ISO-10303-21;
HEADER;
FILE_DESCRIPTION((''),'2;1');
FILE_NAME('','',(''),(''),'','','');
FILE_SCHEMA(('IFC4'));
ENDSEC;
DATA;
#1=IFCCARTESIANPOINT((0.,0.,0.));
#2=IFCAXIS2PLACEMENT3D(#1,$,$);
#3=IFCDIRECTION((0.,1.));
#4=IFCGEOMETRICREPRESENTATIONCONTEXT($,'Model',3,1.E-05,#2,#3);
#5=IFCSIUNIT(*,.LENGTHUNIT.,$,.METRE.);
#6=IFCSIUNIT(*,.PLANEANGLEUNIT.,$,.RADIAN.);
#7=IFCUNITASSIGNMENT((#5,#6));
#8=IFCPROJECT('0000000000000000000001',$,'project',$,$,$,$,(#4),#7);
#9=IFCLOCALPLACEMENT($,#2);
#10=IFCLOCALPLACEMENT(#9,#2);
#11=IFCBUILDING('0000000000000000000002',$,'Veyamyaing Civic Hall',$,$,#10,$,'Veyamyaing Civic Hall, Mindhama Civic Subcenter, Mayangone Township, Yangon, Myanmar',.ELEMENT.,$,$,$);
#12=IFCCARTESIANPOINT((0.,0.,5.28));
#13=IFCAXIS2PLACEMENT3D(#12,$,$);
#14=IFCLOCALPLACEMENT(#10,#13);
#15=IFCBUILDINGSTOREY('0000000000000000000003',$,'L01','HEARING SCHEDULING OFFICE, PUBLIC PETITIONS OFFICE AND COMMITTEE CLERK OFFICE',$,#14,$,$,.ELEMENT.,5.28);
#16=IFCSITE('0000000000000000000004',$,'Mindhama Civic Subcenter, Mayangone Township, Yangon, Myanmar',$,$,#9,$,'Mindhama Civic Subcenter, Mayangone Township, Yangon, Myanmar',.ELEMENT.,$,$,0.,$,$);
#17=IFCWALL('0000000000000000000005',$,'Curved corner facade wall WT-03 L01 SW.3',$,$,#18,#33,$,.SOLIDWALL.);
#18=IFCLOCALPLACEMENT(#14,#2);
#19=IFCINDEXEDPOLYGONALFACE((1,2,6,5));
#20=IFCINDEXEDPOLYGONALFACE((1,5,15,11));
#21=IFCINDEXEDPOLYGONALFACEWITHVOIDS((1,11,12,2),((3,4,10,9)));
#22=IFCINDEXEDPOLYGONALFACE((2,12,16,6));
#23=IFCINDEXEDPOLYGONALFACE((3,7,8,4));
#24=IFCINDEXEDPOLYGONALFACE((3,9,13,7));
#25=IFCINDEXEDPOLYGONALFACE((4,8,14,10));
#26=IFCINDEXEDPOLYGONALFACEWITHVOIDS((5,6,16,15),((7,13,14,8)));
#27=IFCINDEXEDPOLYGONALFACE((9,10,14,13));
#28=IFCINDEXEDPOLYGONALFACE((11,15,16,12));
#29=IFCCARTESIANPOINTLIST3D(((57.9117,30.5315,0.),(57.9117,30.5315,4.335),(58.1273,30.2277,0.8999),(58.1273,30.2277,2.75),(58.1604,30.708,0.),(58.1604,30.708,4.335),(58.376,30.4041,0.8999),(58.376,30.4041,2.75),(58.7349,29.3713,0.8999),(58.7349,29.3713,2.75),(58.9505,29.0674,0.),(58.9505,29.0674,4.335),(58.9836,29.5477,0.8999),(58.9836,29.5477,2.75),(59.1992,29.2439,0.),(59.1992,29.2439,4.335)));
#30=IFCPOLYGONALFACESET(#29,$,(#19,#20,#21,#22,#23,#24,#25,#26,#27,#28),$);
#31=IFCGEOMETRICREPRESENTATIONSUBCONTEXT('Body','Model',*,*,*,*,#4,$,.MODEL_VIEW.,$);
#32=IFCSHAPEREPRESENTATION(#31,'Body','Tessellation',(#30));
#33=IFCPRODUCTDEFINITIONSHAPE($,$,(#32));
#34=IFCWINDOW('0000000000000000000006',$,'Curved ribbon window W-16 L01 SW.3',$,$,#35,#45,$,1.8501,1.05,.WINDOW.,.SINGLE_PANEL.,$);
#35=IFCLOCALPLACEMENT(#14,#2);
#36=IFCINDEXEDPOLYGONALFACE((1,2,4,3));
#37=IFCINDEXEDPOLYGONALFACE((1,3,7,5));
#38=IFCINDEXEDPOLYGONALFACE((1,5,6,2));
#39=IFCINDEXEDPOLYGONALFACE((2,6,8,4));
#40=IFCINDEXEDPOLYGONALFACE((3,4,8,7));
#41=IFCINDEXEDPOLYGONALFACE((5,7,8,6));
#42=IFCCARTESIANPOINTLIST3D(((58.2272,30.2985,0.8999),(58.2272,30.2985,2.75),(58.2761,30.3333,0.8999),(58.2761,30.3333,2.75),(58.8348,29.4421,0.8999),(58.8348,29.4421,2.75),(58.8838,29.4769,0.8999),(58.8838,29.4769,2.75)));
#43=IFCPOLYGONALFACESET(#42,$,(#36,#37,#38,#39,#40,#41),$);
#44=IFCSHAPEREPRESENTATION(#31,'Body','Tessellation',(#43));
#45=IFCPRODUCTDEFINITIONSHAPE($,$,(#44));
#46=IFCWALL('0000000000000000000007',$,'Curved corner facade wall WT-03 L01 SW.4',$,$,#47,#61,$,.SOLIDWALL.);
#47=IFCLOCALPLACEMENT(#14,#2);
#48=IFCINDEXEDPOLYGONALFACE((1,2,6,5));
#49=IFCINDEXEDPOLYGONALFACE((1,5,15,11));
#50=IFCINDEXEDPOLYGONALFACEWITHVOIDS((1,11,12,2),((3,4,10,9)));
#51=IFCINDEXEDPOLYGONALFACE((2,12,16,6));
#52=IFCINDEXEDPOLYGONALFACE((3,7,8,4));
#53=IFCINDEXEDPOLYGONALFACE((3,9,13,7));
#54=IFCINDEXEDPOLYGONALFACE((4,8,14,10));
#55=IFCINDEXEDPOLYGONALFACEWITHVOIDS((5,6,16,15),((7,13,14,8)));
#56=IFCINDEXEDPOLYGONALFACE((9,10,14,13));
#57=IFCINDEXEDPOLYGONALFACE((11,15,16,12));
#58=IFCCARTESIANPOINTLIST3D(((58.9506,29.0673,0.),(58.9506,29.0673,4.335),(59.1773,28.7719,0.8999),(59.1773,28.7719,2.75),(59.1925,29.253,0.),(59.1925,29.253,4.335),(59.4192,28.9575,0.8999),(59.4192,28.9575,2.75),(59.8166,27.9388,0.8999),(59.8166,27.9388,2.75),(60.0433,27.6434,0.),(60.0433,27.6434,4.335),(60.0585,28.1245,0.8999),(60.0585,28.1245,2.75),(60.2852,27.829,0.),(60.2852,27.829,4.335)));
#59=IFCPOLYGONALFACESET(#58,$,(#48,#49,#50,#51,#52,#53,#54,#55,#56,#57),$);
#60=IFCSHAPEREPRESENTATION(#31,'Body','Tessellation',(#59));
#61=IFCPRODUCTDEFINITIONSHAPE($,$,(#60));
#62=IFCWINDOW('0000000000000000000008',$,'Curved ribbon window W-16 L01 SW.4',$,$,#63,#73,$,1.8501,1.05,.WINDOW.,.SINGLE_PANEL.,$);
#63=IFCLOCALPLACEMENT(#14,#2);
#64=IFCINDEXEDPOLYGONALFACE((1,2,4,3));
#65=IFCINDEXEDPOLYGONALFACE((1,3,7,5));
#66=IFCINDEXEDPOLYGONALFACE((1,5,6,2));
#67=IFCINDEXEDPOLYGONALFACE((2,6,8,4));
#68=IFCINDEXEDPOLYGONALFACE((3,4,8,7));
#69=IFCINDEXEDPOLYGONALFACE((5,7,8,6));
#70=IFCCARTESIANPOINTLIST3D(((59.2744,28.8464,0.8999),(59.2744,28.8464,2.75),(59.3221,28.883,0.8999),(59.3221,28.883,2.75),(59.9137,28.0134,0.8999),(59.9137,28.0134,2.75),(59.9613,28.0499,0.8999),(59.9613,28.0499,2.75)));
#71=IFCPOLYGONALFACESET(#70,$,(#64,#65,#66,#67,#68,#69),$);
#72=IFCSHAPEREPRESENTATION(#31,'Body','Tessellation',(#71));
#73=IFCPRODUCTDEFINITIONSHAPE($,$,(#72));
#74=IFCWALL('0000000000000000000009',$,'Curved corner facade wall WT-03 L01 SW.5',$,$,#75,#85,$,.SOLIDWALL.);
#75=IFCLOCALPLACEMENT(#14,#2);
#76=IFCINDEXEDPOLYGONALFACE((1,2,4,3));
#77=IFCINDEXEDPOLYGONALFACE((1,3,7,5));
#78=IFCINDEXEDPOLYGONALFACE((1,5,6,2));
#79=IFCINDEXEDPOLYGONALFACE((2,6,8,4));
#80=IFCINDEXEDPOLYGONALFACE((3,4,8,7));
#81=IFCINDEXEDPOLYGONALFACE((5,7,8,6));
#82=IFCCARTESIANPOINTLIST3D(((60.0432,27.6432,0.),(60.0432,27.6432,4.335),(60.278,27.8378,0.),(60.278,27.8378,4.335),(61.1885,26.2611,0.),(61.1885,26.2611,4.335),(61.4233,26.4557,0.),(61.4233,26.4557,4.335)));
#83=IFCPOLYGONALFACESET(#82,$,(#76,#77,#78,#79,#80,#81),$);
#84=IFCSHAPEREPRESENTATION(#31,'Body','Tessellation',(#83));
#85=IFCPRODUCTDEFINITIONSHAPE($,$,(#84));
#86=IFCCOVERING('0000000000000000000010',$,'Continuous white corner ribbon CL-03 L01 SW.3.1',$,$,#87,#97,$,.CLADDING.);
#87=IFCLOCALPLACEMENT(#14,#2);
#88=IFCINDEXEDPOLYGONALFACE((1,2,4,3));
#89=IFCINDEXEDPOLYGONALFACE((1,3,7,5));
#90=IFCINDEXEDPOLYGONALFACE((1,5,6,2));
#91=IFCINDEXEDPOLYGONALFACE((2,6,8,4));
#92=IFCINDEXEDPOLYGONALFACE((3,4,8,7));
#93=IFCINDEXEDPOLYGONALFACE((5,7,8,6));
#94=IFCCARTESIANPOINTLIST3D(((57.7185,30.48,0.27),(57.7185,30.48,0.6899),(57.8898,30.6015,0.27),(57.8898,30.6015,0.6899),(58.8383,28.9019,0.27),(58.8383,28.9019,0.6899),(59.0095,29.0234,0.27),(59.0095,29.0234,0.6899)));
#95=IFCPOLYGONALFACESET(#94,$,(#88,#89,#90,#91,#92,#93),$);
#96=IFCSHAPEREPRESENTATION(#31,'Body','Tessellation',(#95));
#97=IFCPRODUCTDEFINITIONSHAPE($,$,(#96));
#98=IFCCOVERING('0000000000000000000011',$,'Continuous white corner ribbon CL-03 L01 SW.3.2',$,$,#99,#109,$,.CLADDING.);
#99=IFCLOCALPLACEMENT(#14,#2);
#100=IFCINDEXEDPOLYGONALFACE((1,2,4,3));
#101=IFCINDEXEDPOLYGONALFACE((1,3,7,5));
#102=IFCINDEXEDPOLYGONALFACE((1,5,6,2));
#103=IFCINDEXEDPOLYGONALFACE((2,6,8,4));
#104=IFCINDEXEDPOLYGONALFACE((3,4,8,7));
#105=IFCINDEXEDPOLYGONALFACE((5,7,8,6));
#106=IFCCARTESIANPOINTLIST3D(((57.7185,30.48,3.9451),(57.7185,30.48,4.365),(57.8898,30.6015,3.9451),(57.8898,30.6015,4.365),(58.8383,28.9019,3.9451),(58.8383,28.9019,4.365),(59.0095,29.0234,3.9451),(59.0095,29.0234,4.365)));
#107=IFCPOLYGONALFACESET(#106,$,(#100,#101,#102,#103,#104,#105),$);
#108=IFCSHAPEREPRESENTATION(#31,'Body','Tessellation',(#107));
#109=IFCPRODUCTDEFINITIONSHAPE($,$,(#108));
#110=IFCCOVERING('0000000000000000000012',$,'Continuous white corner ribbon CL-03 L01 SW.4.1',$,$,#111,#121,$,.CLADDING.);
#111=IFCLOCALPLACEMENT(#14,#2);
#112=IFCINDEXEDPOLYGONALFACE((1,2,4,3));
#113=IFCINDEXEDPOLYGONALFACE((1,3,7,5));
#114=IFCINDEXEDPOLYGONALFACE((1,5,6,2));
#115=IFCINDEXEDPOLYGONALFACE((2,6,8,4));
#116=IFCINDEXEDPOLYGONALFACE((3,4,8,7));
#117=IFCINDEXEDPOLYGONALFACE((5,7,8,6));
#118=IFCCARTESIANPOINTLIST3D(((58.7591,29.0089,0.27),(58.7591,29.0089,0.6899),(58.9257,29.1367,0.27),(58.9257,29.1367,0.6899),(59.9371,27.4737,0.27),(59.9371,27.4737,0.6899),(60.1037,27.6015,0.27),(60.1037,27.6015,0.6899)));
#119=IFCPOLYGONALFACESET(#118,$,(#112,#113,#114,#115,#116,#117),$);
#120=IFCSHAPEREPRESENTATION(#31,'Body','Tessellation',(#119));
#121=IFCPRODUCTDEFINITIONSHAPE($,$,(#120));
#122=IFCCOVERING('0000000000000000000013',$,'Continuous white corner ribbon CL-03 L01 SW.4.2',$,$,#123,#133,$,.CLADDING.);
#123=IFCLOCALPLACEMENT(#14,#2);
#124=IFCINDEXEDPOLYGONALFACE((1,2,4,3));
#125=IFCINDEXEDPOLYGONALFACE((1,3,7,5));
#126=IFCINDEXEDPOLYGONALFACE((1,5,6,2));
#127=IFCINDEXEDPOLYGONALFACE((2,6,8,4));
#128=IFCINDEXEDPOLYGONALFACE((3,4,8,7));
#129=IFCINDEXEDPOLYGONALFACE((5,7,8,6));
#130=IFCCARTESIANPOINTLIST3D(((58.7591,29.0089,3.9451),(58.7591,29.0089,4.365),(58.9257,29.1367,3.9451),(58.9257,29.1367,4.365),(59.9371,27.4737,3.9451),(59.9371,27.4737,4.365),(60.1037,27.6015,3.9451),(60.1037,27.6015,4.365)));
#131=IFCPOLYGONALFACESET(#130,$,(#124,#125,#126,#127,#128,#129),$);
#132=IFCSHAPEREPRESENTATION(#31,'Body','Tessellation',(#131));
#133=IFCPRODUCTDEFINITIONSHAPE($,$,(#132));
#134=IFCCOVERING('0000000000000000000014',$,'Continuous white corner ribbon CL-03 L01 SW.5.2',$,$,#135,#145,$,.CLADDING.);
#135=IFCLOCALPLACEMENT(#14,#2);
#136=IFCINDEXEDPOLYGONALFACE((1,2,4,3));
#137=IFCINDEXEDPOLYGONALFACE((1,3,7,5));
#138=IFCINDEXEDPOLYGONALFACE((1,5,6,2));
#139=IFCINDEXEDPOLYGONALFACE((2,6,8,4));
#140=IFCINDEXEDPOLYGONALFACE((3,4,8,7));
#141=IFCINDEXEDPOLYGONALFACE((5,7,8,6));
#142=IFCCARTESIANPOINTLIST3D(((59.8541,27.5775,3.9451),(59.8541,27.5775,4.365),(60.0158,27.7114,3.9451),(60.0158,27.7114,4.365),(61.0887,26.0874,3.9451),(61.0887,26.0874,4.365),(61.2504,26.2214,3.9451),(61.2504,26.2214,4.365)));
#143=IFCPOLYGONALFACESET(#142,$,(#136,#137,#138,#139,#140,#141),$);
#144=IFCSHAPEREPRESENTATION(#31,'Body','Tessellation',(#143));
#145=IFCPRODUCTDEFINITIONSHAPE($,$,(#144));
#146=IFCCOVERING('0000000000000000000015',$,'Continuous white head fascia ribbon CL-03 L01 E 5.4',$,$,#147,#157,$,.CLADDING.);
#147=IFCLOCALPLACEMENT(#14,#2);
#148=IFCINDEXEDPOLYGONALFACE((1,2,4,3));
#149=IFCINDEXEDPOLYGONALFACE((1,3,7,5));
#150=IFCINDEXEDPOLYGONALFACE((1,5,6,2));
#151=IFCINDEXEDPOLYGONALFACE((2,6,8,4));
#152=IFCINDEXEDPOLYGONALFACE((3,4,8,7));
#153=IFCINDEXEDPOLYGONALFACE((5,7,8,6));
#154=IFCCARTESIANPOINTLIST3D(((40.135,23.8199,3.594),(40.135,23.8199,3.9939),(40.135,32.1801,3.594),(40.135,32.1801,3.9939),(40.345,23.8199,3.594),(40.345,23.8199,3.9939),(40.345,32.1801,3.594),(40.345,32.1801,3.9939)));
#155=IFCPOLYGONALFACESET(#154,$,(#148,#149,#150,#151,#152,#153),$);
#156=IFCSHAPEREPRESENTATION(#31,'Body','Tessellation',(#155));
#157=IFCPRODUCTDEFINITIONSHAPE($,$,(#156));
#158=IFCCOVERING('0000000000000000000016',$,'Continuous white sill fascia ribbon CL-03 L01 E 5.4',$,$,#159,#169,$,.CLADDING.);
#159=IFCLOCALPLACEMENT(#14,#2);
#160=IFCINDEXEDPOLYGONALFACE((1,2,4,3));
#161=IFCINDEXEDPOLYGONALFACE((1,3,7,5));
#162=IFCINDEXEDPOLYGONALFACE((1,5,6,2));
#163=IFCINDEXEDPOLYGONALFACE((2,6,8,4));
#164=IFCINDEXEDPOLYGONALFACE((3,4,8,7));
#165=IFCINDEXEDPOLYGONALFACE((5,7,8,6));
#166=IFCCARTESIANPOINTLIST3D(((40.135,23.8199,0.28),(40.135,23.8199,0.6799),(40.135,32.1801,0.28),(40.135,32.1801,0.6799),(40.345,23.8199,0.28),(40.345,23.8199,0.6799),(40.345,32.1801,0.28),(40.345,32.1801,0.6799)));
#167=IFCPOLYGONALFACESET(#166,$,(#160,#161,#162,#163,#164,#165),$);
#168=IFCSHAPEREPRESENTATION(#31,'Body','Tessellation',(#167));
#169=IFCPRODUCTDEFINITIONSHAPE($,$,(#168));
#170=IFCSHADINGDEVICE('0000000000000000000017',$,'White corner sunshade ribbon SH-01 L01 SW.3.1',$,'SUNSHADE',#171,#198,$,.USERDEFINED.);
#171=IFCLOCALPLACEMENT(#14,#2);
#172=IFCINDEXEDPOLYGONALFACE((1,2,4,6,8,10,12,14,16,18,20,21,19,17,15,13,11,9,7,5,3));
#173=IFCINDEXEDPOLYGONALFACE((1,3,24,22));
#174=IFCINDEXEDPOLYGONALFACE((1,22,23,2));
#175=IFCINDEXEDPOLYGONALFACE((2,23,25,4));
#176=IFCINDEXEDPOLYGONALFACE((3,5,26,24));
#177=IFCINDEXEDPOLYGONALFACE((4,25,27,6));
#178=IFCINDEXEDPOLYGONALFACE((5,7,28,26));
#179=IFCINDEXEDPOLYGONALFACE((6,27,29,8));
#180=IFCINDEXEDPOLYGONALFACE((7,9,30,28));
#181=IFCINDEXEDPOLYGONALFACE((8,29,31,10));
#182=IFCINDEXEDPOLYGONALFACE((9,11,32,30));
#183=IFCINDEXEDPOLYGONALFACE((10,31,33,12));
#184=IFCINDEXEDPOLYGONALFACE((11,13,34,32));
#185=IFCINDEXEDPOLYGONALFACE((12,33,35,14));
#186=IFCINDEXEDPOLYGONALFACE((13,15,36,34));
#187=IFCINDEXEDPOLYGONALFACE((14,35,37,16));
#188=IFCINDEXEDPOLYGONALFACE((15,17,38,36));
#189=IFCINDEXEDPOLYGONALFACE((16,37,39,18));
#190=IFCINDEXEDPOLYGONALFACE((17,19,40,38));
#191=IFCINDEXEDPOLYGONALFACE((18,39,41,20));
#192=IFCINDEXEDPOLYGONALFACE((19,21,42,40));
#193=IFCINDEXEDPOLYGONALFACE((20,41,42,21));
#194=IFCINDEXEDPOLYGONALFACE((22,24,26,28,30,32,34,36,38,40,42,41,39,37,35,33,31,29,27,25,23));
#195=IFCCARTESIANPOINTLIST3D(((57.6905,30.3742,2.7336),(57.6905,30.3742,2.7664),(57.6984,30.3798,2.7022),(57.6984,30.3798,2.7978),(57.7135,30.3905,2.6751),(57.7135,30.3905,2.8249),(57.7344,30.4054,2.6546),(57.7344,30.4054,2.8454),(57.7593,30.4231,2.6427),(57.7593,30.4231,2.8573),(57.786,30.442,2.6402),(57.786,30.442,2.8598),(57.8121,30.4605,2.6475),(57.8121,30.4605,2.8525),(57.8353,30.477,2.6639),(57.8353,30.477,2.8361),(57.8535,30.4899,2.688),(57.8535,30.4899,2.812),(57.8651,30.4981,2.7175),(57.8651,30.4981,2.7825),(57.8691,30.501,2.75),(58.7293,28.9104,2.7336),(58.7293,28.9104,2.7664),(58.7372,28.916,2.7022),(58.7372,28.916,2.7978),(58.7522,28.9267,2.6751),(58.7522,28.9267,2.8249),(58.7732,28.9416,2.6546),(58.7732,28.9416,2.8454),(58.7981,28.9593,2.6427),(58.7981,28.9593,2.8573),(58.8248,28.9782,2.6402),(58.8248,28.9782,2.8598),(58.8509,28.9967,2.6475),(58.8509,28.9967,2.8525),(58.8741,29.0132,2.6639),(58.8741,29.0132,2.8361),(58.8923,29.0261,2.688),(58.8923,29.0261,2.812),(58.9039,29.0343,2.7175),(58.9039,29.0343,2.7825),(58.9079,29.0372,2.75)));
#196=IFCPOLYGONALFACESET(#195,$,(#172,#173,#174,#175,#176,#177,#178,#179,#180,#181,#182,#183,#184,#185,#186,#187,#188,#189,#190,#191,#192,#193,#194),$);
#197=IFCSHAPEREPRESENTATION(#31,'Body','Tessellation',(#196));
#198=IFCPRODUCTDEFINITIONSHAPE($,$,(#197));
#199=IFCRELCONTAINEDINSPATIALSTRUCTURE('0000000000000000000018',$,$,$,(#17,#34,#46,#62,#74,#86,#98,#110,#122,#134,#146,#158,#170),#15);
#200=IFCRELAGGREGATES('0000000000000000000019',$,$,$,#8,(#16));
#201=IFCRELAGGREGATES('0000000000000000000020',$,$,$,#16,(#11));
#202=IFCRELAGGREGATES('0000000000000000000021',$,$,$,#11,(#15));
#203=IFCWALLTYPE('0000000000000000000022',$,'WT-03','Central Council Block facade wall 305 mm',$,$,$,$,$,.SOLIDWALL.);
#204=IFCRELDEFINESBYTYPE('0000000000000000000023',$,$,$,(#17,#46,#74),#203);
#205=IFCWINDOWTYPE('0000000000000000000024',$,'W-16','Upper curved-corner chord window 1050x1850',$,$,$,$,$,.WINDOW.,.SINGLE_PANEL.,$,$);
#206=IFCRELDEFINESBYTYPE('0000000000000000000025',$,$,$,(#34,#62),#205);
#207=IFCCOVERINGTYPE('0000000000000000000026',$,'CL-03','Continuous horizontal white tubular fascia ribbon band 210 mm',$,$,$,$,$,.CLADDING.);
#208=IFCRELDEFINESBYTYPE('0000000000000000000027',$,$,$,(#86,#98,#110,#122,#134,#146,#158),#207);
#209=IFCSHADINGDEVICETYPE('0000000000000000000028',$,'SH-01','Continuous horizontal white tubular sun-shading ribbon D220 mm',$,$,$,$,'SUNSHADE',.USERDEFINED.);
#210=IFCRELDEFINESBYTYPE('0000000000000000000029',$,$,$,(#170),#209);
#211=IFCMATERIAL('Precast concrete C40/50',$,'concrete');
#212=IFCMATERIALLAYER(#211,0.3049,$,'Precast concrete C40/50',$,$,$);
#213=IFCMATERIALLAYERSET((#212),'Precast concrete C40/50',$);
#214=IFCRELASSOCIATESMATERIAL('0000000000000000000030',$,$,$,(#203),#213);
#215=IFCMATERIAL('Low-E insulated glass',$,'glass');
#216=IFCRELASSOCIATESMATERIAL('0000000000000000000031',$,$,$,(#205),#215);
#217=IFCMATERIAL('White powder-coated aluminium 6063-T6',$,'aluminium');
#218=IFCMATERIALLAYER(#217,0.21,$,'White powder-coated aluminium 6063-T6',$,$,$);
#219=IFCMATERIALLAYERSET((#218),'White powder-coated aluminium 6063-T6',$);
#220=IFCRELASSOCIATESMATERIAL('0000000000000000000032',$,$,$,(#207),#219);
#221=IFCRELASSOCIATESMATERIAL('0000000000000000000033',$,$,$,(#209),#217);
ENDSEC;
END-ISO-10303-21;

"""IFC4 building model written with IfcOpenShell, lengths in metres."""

from ifc_helpers import new_model, si_unit, direction, frame, frame_2d, origin, origin_2d, place, context, subcontext, project, spatial, rectangle, circle, extrude, material, layer, layer_set, material_profile, profile_set, type_object, element, fill, save


model = new_model("IFC4")

# Units and contexts
model_context = context("Model", 3, precision=1e-05, world=origin(), true_north=direction((0.0, 1.0)))
body_context = subcontext(model_context, "Body", "Model", "MODEL_VIEW")
ifc_project = project(units=[si_unit("LENGTHUNIT", "METRE"), si_unit("PLANEANGLEUNIT", "RADIAN")], contexts=[model_context])

# Site, building, storey
site_placement = place(None, origin())
site = spatial("IfcSite", under=ifc_project, at=site_placement, Name="Mindhama Civic Subcenter, Mayangone Township, Yangon, Myanmar", LongName="Mindhama Civic Subcenter, Mayangone Township, Yangon, Myanmar", CompositionType="ELEMENT", RefElevation=0.0)
building_placement = place(site_placement, origin())
building = spatial("IfcBuilding", under=site, at=building_placement, Name="Veyamyaing Civic Hall", LongName="Veyamyaing Civic Hall, Mindhama Civic Subcenter, Mayangone Township, Yangon, Myanmar", CompositionType="ELEMENT")
storey_placement = place(building_placement, frame((0.0, 0.0, 5.28)))
storey = spatial("IfcBuildingStorey", under=building, at=storey_placement, Name="L01", Description="HEARING SCHEDULING OFFICE, PUBLIC PETITIONS OFFICE AND COMMITTEE CLERK OFFICE", CompositionType="ELEMENT", Elevation=5.28)

# Walls, openings, windows
ifc_material_1 = material(Name="Precast concrete C40/50", Category="concrete")
ifc_layer_1 = layer(ifc_material_1, 0.3049, Name="Precast concrete C40/50")
ifc_layer_set_1 = layer_set([ifc_layer_1], Name="Precast concrete C40/50")
wall_type = type_object("IfcWallType", Name="WT-03", Description="Central Council Block facade wall 305 mm", PredefinedType="SOLIDWALL", material=ifc_layer_set_1)
wall_1_placement = place(storey_placement, frame((58.0361, 30.6196, 0.0), z_axis=(0.0, 0.0, 1.0), x_axis=(0.578662, -0.815567, 0.0)))
wall_1 = element("IfcWall", 1, at=wall_1_placement, inside=storey, type_object=wall_type, Name="Curved corner facade wall WT-03 L01 SW.3", PredefinedType="SOLIDWALL", context=body_context, shape_type="SweptSolid", body=[
    extrude(rectangle(XDim=1.7952, YDim=0.3049, at=frame_2d((0.8975, 0.0))), origin(), (0.0, 0.0, 1.0), 4.335),
])
opening_1_placement = place(wall_1_placement, frame((0.3726, 0.0, 0.8999)))
opening_1 = element("IfcOpeningElement", 2, at=opening_1_placement, cuts=wall_1, PredefinedType="OPENING", context=body_context, shape_type="SweptSolid", body=[
    extrude(rectangle(XDim=1.05, YDim=1.8501, at=frame_2d((0.5249, 0.925))), frame((0.0, 0.1624, 0.0), z_axis=(0.0, -1.0, 0.0), x_axis=(1.0, 0.0, 0.0)), (0.0, 0.0, 1.0), 0.325),
])
ifc_material_2 = material(Name="Low-E insulated glass", Category="glass")
window_type = type_object("IfcWindowType", Name="W-16", Description="Upper curved-corner chord window 1050x1850", PartitioningType="SINGLE_PANEL", PredefinedType="WINDOW", material=ifc_material_2)
window_1_placement = place(opening_1_placement, origin())
window_1 = element("IfcWindow", 3, at=window_1_placement, inside=storey, type_object=window_type, Name="Curved ribbon window W-16 L01 SW.3", OverallHeight=1.8501, OverallWidth=1.05, PartitioningType="SINGLE_PANEL", PredefinedType="WINDOW", context=body_context, shape_type="SweptSolid", body=[
    extrude(rectangle(XDim=1.05, YDim=1.8501, at=frame_2d((0.5249, 0.925))), frame((0.0, 0.03, 0.0), z_axis=(0.0, -1.0, 0.0), x_axis=(1.0, 0.0, 0.0)), (0.0, 0.0, 1.0), 0.0601),
])
fill(opening_1, window_1)
wall_2_placement = place(storey_placement, frame((59.0715, 29.1602, 0.0), z_axis=(0.0, 0.0, 1.0), x_axis=(0.608777, -0.793341, 0.0)))
wall_2 = element("IfcWall", 4, at=wall_2_placement, inside=storey, type_object=wall_type, Name="Curved corner facade wall WT-03 L01 SW.4", PredefinedType="SOLIDWALL", context=body_context, shape_type="SweptSolid", body=[
    extrude(rectangle(XDim=1.7949, YDim=0.3049, at=frame_2d((0.8975, 0.0))), origin(), (0.0, 0.0, 1.0), 4.335),
])
opening_2_placement = place(wall_2_placement, frame((0.3726, 0.0, 0.8999)))
opening_2 = element("IfcOpeningElement", 5, at=opening_2_placement, cuts=wall_2, PredefinedType="OPENING", context=body_context, shape_type="SweptSolid", body=[
    extrude(rectangle(XDim=1.05, YDim=1.8501, at=frame_2d((0.5249, 0.925))), frame((0.0, 0.1624, 0.0), z_axis=(0.0, -1.0, 0.0), x_axis=(1.0, 0.0, 0.0)), (0.0, 0.0, 1.0), 0.325),
])
window_2_placement = place(opening_2_placement, origin())
window_2 = element("IfcWindow", 6, at=window_2_placement, inside=storey, type_object=window_type, Name="Curved ribbon window W-16 L01 SW.4", OverallHeight=1.8501, OverallWidth=1.05, PartitioningType="SINGLE_PANEL", PredefinedType="WINDOW", context=body_context, shape_type="SweptSolid", body=[
    extrude(rectangle(XDim=1.05, YDim=1.8501, at=frame_2d((0.5249, 0.925))), frame((0.0, 0.03, 0.0), z_axis=(0.0, -1.0, 0.0), x_axis=(1.0, 0.0, 0.0)), (0.0, 0.0, 1.0), 0.0601),
])
fill(opening_2, window_2)

# Wall
wall_3_placement = place(storey_placement, frame((60.1606, 27.7405, 0.0), z_axis=(0.0, 0.0, 1.0), x_axis=(0.638055, -0.769991, 0.0)))
element("IfcWall", 7, at=wall_3_placement, inside=storey, type_object=wall_type, Name="Curved corner facade wall WT-03 L01 SW.5", PredefinedType="SOLIDWALL", context=body_context, shape_type="SweptSolid", body=[
    extrude(rectangle(XDim=1.7949, YDim=0.3049, at=frame_2d((0.8975, 0.0))), origin(), (0.0, 0.0, 1.0), 4.335),
])

# Coverings
ifc_material_3 = material(Name="White powder-coated aluminium 6063-T6", Category="aluminium")
ifc_layer_2 = layer(ifc_material_3, 0.21, Name="White powder-coated aluminium 6063-T6")
ifc_layer_set_2 = layer_set([ifc_layer_2], Name="White powder-coated aluminium 6063-T6")
covering_type = type_object("IfcCoveringType", Name="CL-03", Description="Continuous horizontal white tubular fascia ribbon band 210 mm", PredefinedType="CLADDING", material=ifc_layer_set_2)
for number, where, z_axis, x_axis, name in (
    (8, (58.364, 29.7517, 0.27), (0.0, 0.0, 1.0), (0.578671, -0.815561, 0.0), "Continuous white corner ribbon CL-03 L01 SW.3.1"),
    (9, (58.364, 29.7517, 3.9451), (0.0, 0.0, 1.0), (0.578671, -0.815561, 0.0), "Continuous white corner ribbon CL-03 L01 SW.3.2"),
    (10, (59.4314, 28.3052, 0.27), (0.0, 0.0, 1.0), (0.608761, -0.793353, 0.0), "Continuous white corner ribbon CL-03 L01 SW.4.1"),
    (11, (59.4314, 28.3052, 3.9451), (0.0, 0.0, 1.0), (0.608761, -0.793353, 0.0), "Continuous white corner ribbon CL-03 L01 SW.4.2"),
    (12, (60.5522, 26.8994, 3.9451), (0.0, 0.0, 1.0), (0.638, -0.770036, 0.0), "Continuous white corner ribbon CL-03 L01 SW.5.2"),
):
    element("IfcCovering", number, at=place(storey_placement, frame(where, z_axis=z_axis, x_axis=x_axis)), inside=storey, type_object=covering_type, Name=name, PredefinedType="CLADDING", context=body_context, shape_type="SweptSolid", body=[
        extrude(rectangle(XDim=1.9351, YDim=0.21, at=origin_2d()), origin(), (0.0, 0.0, 1.0), 0.4199),
    ])
for number, where, z_axis, x_axis, name in (
    (13, (40.24, 28.0, 3.594), (0.0, 0.0, 1.0), (0.0, 1.0, 0.0), "Continuous white head fascia ribbon CL-03 L01 E 5.4"),
    (14, (40.24, 28.0, 0.28), (0.0, 0.0, 1.0), (0.0, 1.0, 0.0), "Continuous white sill fascia ribbon CL-03 L01 E 5.4"),
):
    element("IfcCovering", number, at=place(storey_placement, frame(where, z_axis=z_axis, x_axis=x_axis)), inside=storey, type_object=covering_type, Name=name, PredefinedType="CLADDING", context=body_context, shape_type="SweptSolid", body=[
        extrude(rectangle(XDim=8.3601, YDim=0.21, at=origin_2d()), origin(), (0.0, 0.0, 1.0), 0.3999),
    ])

# Shading device
ifc_material_profile = material_profile(ifc_material_3, circle(Radius=0.1101, at=origin_2d()), Name="SHADE-TUBE-220")
ifc_profile_set = profile_set([ifc_material_profile], Name="White powder-coated aluminium 6063-T6")
shading_device_type = type_object("IfcShadingDeviceType", Name="SH-01", Description="Continuous horizontal white tubular sun-shading ribbon D220 mm", ElementType="SUNSHADE", PredefinedType="USERDEFINED", material=ifc_profile_set)
for number, where, z_axis, x_axis, name in (
    (15, (57.7793, 30.4373, 2.75), (0.578727, -0.815522, 0.0), (0.815522, 0.578727, 0.0), "White corner sunshade ribbon SH-01 L01 SW.3.1"),
):
    element("IfcShadingDevice", number, at=place(storey_placement, frame(where, z_axis=z_axis, x_axis=x_axis)), inside=storey, type_object=shading_device_type, Name=name, ObjectType="SUNSHADE", PredefinedType="USERDEFINED", context=body_context, shape_type="SweptSolid", body=[
        extrude(circle(Radius=0.1101, at=origin_2d()), origin(), (0.0, 0.0, 1.0), 1.7949),
    ])

save(model, "model.ifc")
